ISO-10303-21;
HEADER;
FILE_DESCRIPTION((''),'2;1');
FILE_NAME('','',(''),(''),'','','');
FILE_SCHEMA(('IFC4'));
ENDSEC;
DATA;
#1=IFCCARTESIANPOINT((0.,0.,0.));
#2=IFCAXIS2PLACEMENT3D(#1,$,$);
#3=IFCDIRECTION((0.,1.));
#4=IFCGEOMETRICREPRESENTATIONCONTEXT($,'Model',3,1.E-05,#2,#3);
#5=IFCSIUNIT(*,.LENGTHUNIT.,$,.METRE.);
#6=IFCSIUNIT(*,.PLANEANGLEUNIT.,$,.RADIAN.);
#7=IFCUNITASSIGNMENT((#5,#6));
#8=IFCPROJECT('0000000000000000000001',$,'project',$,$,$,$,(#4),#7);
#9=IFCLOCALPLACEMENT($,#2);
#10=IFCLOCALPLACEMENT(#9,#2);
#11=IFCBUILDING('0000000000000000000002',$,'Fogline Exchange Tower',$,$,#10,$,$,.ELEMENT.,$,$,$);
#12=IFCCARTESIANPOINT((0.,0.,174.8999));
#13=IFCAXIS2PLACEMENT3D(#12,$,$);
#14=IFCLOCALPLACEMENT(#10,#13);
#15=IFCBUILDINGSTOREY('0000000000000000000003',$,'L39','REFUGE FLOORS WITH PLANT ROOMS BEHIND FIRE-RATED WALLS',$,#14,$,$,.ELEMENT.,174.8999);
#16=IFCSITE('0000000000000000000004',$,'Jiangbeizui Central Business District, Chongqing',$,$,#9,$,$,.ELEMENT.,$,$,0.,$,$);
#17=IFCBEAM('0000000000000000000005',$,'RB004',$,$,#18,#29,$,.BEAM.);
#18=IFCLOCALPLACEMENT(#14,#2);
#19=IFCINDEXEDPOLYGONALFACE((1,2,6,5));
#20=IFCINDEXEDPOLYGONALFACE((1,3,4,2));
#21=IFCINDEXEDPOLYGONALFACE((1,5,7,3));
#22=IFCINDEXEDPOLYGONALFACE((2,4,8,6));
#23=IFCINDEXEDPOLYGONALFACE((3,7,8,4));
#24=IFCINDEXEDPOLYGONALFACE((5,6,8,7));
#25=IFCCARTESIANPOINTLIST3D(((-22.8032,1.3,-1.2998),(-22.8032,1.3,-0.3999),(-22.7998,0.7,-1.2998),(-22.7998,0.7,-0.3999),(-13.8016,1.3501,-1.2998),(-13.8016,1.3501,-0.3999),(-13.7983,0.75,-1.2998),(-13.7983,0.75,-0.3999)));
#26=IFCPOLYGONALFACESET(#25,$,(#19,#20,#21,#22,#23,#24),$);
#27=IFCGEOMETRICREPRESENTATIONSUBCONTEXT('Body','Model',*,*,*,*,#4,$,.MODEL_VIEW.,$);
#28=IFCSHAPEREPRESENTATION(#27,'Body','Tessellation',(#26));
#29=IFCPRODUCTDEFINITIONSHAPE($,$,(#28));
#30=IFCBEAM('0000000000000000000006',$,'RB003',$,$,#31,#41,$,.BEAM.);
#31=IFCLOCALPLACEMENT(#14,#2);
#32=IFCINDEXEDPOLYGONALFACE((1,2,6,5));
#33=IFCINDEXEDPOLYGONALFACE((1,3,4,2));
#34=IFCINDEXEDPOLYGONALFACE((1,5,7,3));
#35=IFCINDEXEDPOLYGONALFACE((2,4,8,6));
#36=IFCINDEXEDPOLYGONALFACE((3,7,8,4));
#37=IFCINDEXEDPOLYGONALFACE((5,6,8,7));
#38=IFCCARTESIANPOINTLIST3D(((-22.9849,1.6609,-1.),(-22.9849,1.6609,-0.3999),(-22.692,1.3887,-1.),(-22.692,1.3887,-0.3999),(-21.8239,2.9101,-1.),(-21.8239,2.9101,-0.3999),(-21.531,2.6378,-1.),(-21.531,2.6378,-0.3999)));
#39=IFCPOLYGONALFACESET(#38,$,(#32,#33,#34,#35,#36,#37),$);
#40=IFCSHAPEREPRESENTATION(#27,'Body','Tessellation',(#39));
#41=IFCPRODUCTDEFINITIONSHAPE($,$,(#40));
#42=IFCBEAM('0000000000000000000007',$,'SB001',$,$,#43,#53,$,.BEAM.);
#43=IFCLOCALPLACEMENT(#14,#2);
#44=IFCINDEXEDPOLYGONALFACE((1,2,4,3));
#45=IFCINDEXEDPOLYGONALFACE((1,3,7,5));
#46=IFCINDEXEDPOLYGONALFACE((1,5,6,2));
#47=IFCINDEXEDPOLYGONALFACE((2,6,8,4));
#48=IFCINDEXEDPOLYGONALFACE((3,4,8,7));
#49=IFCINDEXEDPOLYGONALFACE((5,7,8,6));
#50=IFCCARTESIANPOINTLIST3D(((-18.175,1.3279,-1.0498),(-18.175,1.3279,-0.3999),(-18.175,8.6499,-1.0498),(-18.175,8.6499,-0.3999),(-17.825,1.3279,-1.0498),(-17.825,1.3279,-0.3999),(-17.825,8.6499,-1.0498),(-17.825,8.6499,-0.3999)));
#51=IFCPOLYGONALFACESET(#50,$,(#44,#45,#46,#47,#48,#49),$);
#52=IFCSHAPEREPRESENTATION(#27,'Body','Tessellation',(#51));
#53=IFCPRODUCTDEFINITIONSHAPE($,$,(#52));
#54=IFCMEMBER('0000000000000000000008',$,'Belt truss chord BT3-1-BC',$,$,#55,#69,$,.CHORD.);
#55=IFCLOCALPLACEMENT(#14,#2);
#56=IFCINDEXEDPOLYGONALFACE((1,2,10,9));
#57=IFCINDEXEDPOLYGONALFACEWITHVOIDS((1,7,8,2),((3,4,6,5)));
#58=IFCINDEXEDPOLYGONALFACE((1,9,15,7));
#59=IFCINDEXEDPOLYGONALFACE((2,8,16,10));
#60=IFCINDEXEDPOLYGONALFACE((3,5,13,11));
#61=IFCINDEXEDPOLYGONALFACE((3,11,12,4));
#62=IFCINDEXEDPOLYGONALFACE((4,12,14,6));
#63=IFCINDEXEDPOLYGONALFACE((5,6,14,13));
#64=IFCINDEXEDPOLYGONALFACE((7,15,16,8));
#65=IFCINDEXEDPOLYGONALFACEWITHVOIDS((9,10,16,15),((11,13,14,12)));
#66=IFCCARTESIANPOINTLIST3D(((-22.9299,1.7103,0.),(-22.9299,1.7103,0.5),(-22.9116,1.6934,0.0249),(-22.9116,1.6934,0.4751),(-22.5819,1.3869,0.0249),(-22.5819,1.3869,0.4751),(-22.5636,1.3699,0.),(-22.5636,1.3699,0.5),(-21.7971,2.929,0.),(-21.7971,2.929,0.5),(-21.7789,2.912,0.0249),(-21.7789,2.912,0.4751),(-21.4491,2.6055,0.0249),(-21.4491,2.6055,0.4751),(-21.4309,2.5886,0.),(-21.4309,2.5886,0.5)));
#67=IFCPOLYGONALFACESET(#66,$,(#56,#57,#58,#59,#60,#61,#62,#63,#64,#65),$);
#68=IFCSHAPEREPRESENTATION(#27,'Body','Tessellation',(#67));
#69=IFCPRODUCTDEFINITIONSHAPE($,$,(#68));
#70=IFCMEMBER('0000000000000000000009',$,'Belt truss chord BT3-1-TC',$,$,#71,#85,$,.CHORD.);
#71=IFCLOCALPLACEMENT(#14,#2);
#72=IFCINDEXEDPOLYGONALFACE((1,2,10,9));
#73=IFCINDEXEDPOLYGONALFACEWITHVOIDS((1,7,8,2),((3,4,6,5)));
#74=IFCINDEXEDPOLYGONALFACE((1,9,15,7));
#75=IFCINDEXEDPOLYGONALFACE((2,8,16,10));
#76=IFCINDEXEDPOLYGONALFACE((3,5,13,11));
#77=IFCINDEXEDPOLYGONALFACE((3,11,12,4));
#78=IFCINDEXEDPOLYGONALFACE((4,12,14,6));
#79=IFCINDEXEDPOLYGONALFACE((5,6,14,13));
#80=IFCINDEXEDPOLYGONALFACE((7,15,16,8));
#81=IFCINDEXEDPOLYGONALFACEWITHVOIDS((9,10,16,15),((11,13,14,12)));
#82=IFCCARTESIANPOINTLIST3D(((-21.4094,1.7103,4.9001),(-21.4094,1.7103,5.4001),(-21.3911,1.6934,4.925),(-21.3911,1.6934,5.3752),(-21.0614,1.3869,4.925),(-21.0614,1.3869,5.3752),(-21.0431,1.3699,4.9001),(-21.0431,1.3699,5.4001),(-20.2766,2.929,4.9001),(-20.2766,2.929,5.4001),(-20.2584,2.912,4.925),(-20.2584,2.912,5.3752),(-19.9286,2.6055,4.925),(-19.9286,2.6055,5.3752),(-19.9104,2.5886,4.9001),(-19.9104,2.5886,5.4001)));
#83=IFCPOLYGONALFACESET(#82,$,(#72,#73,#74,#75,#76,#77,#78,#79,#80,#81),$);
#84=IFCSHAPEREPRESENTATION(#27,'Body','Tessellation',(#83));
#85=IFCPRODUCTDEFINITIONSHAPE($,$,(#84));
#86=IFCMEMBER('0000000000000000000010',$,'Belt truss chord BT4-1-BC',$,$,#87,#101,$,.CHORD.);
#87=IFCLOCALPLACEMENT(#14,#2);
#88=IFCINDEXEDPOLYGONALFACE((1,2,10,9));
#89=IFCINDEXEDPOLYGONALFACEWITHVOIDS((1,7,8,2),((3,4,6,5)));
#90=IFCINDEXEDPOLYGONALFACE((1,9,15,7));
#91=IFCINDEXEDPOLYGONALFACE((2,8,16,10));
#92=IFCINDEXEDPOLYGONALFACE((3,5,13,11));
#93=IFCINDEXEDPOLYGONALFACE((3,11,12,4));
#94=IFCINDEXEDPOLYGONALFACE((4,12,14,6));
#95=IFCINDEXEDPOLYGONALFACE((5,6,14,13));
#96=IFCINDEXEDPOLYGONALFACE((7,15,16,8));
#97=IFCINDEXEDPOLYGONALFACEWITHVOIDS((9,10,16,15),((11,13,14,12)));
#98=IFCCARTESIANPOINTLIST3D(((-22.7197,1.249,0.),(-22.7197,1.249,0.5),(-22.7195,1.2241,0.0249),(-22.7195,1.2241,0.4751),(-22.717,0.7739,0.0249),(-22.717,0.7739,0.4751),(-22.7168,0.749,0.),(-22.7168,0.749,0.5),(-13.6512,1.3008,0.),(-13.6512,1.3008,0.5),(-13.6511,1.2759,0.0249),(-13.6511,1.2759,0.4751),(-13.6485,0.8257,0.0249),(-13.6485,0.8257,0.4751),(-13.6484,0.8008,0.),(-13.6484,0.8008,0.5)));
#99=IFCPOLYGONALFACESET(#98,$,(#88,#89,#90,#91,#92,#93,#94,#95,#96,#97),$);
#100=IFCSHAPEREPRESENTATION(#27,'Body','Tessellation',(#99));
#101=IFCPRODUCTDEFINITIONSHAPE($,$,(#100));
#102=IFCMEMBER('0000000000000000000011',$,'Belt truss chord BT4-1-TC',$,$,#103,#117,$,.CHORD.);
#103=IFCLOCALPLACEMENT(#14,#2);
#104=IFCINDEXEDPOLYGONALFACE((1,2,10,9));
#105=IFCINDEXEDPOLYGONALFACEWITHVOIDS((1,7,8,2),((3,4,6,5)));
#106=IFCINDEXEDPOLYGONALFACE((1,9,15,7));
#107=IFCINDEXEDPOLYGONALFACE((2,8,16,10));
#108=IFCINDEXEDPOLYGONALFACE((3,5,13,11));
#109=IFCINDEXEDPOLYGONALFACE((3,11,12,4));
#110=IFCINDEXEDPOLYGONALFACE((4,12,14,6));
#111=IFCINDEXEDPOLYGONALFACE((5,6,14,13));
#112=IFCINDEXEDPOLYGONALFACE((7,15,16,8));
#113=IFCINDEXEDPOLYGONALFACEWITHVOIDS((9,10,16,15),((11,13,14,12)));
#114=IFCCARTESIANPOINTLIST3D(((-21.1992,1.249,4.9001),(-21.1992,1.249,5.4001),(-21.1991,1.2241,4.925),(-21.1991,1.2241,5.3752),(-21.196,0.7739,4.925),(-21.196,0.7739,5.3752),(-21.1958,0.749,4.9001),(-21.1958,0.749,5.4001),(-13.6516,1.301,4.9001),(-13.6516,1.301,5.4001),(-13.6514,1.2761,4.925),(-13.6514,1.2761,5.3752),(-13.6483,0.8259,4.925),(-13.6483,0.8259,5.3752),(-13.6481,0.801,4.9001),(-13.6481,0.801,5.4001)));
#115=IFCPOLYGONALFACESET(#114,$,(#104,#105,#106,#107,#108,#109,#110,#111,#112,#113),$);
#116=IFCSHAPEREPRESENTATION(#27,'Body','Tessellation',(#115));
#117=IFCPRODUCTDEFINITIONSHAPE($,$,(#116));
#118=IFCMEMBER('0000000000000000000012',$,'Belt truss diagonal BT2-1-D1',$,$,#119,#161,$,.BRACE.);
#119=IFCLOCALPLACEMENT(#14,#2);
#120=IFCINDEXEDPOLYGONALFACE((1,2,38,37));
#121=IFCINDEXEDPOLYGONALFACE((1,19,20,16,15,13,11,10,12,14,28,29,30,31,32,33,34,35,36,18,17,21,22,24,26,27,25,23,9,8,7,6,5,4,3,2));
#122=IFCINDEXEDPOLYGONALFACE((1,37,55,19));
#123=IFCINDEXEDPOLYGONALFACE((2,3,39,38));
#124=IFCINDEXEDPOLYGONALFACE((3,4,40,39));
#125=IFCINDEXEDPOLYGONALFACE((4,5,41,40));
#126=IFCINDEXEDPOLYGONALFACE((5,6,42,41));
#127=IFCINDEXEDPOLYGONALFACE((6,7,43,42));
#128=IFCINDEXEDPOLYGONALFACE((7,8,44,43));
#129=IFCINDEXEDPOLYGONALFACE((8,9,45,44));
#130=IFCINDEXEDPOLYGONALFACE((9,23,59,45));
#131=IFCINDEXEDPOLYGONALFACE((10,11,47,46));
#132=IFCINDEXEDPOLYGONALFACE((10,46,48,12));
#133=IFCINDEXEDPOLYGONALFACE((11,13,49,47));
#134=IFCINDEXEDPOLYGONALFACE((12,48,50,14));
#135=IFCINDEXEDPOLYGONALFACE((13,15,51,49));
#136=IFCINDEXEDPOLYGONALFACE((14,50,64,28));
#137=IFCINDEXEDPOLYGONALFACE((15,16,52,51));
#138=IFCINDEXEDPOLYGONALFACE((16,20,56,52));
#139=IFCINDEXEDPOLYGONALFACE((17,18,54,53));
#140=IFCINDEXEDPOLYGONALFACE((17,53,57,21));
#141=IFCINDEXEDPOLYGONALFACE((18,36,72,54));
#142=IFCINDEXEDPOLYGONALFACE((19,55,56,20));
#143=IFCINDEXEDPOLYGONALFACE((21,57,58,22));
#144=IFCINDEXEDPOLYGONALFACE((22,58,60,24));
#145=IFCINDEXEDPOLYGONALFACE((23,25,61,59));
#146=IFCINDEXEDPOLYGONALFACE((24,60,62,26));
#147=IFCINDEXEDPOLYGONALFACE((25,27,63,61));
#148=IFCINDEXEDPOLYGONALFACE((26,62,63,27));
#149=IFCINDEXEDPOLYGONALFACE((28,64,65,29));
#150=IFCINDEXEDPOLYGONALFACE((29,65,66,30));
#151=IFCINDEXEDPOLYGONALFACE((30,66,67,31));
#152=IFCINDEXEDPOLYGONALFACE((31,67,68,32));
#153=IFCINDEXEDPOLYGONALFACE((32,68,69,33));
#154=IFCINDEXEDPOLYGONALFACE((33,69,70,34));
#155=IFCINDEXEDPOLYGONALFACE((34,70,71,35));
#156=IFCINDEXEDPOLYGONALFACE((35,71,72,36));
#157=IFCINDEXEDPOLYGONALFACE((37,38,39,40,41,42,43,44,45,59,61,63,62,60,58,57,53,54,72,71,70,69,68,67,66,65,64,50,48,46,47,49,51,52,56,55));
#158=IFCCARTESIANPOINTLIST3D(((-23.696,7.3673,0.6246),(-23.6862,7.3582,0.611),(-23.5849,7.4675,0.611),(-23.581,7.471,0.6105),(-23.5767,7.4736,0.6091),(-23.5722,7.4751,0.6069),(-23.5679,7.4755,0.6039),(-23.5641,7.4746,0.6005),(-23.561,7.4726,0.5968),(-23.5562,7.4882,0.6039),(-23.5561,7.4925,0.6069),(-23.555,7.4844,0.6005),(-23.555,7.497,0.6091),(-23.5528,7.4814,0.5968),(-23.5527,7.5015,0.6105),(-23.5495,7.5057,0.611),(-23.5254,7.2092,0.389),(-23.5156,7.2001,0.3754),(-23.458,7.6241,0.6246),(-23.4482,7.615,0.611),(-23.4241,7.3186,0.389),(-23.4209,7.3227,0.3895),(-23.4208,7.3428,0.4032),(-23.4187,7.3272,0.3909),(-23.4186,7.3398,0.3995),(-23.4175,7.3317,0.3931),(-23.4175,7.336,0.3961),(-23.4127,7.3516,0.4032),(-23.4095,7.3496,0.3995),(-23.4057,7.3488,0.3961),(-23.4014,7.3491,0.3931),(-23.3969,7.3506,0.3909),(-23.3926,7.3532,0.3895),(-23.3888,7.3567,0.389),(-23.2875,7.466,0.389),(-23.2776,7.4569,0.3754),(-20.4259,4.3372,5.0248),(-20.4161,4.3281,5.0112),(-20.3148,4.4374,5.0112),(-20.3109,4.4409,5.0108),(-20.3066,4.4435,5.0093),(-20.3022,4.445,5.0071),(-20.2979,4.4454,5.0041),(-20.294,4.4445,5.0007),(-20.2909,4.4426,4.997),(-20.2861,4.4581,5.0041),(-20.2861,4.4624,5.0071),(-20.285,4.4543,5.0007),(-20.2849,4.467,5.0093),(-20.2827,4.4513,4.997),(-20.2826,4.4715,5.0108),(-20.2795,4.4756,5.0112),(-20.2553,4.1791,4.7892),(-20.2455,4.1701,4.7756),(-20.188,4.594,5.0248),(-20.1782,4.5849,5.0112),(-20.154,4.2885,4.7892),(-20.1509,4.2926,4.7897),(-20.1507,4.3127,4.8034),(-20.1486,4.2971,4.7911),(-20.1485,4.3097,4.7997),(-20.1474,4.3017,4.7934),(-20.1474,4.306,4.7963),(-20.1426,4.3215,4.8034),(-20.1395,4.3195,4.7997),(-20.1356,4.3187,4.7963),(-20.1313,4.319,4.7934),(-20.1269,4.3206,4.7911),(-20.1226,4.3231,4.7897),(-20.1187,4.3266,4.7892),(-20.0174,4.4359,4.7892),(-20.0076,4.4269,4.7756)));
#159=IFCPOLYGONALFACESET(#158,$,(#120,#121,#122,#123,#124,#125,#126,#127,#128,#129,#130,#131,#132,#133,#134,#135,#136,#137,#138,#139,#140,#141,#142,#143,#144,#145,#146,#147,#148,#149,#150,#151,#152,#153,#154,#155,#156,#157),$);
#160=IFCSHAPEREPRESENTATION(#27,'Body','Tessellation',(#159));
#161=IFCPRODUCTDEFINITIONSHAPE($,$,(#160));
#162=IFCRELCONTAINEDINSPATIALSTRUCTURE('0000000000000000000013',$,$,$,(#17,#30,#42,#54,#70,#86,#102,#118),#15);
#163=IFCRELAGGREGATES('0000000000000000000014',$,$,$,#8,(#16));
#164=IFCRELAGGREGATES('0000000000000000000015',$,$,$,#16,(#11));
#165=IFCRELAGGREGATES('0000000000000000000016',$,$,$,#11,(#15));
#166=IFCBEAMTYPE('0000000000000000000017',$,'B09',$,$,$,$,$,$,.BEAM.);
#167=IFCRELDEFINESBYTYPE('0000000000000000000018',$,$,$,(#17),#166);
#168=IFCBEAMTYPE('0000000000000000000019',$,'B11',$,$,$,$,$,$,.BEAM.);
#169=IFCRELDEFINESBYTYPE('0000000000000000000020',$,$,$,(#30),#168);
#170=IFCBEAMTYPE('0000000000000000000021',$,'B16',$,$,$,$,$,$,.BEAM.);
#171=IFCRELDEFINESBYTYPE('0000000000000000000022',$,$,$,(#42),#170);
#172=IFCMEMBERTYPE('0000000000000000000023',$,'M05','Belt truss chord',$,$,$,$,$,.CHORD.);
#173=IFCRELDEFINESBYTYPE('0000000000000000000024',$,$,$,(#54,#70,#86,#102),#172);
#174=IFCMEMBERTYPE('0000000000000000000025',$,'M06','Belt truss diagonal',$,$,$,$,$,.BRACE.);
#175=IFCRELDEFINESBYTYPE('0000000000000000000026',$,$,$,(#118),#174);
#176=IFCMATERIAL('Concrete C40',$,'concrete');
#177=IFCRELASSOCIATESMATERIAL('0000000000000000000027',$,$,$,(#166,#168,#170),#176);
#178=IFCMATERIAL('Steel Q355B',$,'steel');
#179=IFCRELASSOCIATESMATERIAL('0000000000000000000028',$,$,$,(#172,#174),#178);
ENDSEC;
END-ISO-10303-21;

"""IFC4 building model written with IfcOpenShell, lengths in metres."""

from ifc_helpers import new_model, si_unit, direction, frame, origin, origin_2d, place, context, subcontext, project, spatial, rectangle, hollow_rectangle, i_section, extrude, material, material_profile, profile_set, type_object, element, save


model = new_model("IFC4")

# Units and contexts
model_context = context("Model", 3, precision=1e-05, world=origin(), true_north=direction((0.0, 1.0)))
body_context = subcontext(model_context, "Body", "Model", "MODEL_VIEW")
ifc_project = project(units=[si_unit("LENGTHUNIT", "METRE"), si_unit("PLANEANGLEUNIT", "RADIAN")], contexts=[model_context])

# Site, building, storey
site_placement = place(None, origin())
site = spatial("IfcSite", under=ifc_project, at=site_placement, Name="Jiangbeizui Central Business District, Chongqing", CompositionType="ELEMENT", RefElevation=0.0)
building_placement = place(site_placement, origin())
building = spatial("IfcBuilding", under=site, at=building_placement, Name="Fogline Exchange Tower", CompositionType="ELEMENT")
storey_placement = place(building_placement, frame((0.0, 0.0, 174.8999)))
storey = spatial("IfcBuildingStorey", under=building, at=storey_placement, Name="L39", Description="REFUGE FLOORS WITH PLANT ROOMS BEHIND FIRE-RATED WALLS", CompositionType="ELEMENT", Elevation=174.8999)

# Beams
ifc_material_1 = material(Name="Concrete C40", Category="concrete")
ifc_material_profile_1 = material_profile(ifc_material_1, rectangle(XDim=0.6001, YDim=0.8999, at=origin_2d()), Name="RC 600x900")
ifc_profile_set_1 = profile_set([ifc_material_profile_1], Name="Concrete C40")
beam_type_1 = type_object("IfcBeamType", Name="B09", PredefinedType="BEAM", material=ifc_profile_set_1)
beam_1_placement = place(storey_placement, frame((-22.8015, 1.0, -0.8499), z_axis=(0.999985, 0.00556, 0.0), x_axis=(-0.00556, 0.999985, 0.0)))
element("IfcBeam", 1, at=beam_1_placement, inside=storey, type_object=beam_type_1, Name="RB004", PredefinedType="BEAM", context=body_context, shape_type="SweptSolid", body=[
    extrude(rectangle(XDim=0.6001, YDim=0.8999, at=origin_2d()), origin(), (0.0, 0.0, 1.0), 9.0017),
])
ifc_material_profile_2 = material_profile(ifc_material_1, rectangle(XDim=0.3999, YDim=0.6001, at=origin_2d()), Name="RC 400x600")
ifc_profile_set_2 = profile_set([ifc_material_profile_2], Name="Concrete C40")
beam_type_2 = type_object("IfcBeamType", Name="B11", PredefinedType="BEAM", material=ifc_profile_set_2)
beam_2_placement = place(storey_placement, frame((-21.6775, 2.7739, -0.7), z_axis=(-0.680792, -0.732477, 0.0), x_axis=(0.732477, -0.680792, 0.0)))
element("IfcBeam", 2, at=beam_2_placement, inside=storey, type_object=beam_type_2, Name="RB003", PredefinedType="BEAM", context=body_context, shape_type="SweptSolid", body=[
    extrude(rectangle(XDim=0.3999, YDim=0.6001, at=origin_2d()), origin(), (0.0, 0.0, 1.0), 1.7053),
])
ifc_material_profile_3 = material_profile(ifc_material_1, rectangle(XDim=0.3501, YDim=0.6499, at=origin_2d()), Name="RC 350x650")
ifc_profile_set_3 = profile_set([ifc_material_profile_3], Name="Concrete C40")
beam_type_3 = type_object("IfcBeamType", Name="B16", PredefinedType="BEAM", material=ifc_profile_set_3)
beam_3_placement = place(storey_placement, frame((-18.0, 1.3279, -0.7249), z_axis=(0.0, 1.0, 0.0), x_axis=(-1.0, 0.0, 0.0)))
element("IfcBeam", 3, at=beam_3_placement, inside=storey, type_object=beam_type_3, Name="SB001", PredefinedType="BEAM", context=body_context, shape_type="SweptSolid", body=[
    extrude(rectangle(XDim=0.3501, YDim=0.6499, at=origin_2d()), origin(), (0.0, 0.0, 1.0), 7.322),
])

# Members
ifc_material_2 = material(Name="Steel Q355B", Category="steel")
ifc_material_profile_4 = material_profile(ifc_material_2, hollow_rectangle(XDim=0.5, YDim=0.5, WallThickness=0.0249, at=origin_2d()), Name="BOX500X500X25")
ifc_profile_set_4 = profile_set([ifc_material_profile_4], Name="Steel Q355B")
member_type_1 = type_object("IfcMemberType", Name="M05", Description="Belt truss chord", PredefinedType="CHORD", material=ifc_profile_set_4)
for number, where, z_axis, x_axis, name in (
    (4, (-21.614, 2.7588, 0.25), (-0.680811, -0.732459, 0.0), (0.732459, -0.680811, 0.0), "Belt truss chord BT3-1-BC"),
    (5, (-20.0935, 2.7588, 5.1501), (-0.680811, -0.732459, 0.0), (0.732459, -0.680811, 0.0), "Belt truss chord BT3-1-TC"),
):
    element("IfcMember", number, at=place(storey_placement, frame(where, z_axis=z_axis, x_axis=x_axis)), inside=storey, type_object=member_type_1, Name=name, PredefinedType="CHORD", context=body_context, shape_type="SweptSolid", body=[
        extrude(hollow_rectangle(XDim=0.5, YDim=0.5, WallThickness=0.0249, at=origin_2d()), origin(), (0.0, 0.0, 1.0), 1.6638),
    ])
member_1_placement = place(storey_placement, frame((-22.7183, 0.999, 0.25), z_axis=(0.999984, 0.005707, 0.0), x_axis=(-0.005707, 0.999984, 0.0)))
element("IfcMember", 6, at=member_1_placement, inside=storey, type_object=member_type_1, Name="Belt truss chord BT4-1-BC", PredefinedType="CHORD", context=body_context, shape_type="SweptSolid", body=[
    extrude(hollow_rectangle(XDim=0.5, YDim=0.5, WallThickness=0.0249, at=origin_2d()), origin(), (0.0, 0.0, 1.0), 9.0686),
])
member_2_placement = place(storey_placement, frame((-21.1975, 0.999, 5.1501), z_axis=(0.999976, 0.00689, 0.0), x_axis=(-0.00689, 0.999976, 0.0)))
element("IfcMember", 7, at=member_2_placement, inside=storey, type_object=member_type_1, Name="Belt truss chord BT4-1-TC", PredefinedType="CHORD", context=body_context, shape_type="SweptSolid", body=[
    extrude(hollow_rectangle(XDim=0.5, YDim=0.5, WallThickness=0.0249, at=origin_2d()), origin(), (0.0, 0.0, 1.0), 7.5479),
])
ifc_material_profile_5 = material_profile(ifc_material_2, i_section(OverallWidth=0.3501, OverallDepth=0.3501, WebThickness=0.012, FlangeThickness=0.019, FilletRadius=0.02, at=origin_2d()), Name="HW350X350X12X19")
ifc_profile_set_5 = profile_set([ifc_material_profile_5], Name="Steel Q355B")
member_type_2 = type_object("IfcMemberType", Name="M06", Description="Belt truss diagonal", PredefinedType="BRACE", material=ifc_profile_set_5)
member_3_placement = place(storey_placement, frame((-23.4868, 7.4121, 0.5), z_axis=(0.522049, -0.483735, 0.702471), x_axis=(0.679678, 0.733511, 0.0)))
element("IfcMember", 8, at=member_3_placement, inside=storey, type_object=member_type_2, Name="Belt truss diagonal BT2-1-D1", PredefinedType="BRACE", context=body_context, shape_type="SweptSolid", body=[
    extrude(i_section(OverallWidth=0.3501, OverallDepth=0.3501, WebThickness=0.012, FlangeThickness=0.019, FilletRadius=0.02, at=origin_2d()), origin(), (0.0, 0.0, 1.0), 6.2639),
])

save(model, "model.ifc")
